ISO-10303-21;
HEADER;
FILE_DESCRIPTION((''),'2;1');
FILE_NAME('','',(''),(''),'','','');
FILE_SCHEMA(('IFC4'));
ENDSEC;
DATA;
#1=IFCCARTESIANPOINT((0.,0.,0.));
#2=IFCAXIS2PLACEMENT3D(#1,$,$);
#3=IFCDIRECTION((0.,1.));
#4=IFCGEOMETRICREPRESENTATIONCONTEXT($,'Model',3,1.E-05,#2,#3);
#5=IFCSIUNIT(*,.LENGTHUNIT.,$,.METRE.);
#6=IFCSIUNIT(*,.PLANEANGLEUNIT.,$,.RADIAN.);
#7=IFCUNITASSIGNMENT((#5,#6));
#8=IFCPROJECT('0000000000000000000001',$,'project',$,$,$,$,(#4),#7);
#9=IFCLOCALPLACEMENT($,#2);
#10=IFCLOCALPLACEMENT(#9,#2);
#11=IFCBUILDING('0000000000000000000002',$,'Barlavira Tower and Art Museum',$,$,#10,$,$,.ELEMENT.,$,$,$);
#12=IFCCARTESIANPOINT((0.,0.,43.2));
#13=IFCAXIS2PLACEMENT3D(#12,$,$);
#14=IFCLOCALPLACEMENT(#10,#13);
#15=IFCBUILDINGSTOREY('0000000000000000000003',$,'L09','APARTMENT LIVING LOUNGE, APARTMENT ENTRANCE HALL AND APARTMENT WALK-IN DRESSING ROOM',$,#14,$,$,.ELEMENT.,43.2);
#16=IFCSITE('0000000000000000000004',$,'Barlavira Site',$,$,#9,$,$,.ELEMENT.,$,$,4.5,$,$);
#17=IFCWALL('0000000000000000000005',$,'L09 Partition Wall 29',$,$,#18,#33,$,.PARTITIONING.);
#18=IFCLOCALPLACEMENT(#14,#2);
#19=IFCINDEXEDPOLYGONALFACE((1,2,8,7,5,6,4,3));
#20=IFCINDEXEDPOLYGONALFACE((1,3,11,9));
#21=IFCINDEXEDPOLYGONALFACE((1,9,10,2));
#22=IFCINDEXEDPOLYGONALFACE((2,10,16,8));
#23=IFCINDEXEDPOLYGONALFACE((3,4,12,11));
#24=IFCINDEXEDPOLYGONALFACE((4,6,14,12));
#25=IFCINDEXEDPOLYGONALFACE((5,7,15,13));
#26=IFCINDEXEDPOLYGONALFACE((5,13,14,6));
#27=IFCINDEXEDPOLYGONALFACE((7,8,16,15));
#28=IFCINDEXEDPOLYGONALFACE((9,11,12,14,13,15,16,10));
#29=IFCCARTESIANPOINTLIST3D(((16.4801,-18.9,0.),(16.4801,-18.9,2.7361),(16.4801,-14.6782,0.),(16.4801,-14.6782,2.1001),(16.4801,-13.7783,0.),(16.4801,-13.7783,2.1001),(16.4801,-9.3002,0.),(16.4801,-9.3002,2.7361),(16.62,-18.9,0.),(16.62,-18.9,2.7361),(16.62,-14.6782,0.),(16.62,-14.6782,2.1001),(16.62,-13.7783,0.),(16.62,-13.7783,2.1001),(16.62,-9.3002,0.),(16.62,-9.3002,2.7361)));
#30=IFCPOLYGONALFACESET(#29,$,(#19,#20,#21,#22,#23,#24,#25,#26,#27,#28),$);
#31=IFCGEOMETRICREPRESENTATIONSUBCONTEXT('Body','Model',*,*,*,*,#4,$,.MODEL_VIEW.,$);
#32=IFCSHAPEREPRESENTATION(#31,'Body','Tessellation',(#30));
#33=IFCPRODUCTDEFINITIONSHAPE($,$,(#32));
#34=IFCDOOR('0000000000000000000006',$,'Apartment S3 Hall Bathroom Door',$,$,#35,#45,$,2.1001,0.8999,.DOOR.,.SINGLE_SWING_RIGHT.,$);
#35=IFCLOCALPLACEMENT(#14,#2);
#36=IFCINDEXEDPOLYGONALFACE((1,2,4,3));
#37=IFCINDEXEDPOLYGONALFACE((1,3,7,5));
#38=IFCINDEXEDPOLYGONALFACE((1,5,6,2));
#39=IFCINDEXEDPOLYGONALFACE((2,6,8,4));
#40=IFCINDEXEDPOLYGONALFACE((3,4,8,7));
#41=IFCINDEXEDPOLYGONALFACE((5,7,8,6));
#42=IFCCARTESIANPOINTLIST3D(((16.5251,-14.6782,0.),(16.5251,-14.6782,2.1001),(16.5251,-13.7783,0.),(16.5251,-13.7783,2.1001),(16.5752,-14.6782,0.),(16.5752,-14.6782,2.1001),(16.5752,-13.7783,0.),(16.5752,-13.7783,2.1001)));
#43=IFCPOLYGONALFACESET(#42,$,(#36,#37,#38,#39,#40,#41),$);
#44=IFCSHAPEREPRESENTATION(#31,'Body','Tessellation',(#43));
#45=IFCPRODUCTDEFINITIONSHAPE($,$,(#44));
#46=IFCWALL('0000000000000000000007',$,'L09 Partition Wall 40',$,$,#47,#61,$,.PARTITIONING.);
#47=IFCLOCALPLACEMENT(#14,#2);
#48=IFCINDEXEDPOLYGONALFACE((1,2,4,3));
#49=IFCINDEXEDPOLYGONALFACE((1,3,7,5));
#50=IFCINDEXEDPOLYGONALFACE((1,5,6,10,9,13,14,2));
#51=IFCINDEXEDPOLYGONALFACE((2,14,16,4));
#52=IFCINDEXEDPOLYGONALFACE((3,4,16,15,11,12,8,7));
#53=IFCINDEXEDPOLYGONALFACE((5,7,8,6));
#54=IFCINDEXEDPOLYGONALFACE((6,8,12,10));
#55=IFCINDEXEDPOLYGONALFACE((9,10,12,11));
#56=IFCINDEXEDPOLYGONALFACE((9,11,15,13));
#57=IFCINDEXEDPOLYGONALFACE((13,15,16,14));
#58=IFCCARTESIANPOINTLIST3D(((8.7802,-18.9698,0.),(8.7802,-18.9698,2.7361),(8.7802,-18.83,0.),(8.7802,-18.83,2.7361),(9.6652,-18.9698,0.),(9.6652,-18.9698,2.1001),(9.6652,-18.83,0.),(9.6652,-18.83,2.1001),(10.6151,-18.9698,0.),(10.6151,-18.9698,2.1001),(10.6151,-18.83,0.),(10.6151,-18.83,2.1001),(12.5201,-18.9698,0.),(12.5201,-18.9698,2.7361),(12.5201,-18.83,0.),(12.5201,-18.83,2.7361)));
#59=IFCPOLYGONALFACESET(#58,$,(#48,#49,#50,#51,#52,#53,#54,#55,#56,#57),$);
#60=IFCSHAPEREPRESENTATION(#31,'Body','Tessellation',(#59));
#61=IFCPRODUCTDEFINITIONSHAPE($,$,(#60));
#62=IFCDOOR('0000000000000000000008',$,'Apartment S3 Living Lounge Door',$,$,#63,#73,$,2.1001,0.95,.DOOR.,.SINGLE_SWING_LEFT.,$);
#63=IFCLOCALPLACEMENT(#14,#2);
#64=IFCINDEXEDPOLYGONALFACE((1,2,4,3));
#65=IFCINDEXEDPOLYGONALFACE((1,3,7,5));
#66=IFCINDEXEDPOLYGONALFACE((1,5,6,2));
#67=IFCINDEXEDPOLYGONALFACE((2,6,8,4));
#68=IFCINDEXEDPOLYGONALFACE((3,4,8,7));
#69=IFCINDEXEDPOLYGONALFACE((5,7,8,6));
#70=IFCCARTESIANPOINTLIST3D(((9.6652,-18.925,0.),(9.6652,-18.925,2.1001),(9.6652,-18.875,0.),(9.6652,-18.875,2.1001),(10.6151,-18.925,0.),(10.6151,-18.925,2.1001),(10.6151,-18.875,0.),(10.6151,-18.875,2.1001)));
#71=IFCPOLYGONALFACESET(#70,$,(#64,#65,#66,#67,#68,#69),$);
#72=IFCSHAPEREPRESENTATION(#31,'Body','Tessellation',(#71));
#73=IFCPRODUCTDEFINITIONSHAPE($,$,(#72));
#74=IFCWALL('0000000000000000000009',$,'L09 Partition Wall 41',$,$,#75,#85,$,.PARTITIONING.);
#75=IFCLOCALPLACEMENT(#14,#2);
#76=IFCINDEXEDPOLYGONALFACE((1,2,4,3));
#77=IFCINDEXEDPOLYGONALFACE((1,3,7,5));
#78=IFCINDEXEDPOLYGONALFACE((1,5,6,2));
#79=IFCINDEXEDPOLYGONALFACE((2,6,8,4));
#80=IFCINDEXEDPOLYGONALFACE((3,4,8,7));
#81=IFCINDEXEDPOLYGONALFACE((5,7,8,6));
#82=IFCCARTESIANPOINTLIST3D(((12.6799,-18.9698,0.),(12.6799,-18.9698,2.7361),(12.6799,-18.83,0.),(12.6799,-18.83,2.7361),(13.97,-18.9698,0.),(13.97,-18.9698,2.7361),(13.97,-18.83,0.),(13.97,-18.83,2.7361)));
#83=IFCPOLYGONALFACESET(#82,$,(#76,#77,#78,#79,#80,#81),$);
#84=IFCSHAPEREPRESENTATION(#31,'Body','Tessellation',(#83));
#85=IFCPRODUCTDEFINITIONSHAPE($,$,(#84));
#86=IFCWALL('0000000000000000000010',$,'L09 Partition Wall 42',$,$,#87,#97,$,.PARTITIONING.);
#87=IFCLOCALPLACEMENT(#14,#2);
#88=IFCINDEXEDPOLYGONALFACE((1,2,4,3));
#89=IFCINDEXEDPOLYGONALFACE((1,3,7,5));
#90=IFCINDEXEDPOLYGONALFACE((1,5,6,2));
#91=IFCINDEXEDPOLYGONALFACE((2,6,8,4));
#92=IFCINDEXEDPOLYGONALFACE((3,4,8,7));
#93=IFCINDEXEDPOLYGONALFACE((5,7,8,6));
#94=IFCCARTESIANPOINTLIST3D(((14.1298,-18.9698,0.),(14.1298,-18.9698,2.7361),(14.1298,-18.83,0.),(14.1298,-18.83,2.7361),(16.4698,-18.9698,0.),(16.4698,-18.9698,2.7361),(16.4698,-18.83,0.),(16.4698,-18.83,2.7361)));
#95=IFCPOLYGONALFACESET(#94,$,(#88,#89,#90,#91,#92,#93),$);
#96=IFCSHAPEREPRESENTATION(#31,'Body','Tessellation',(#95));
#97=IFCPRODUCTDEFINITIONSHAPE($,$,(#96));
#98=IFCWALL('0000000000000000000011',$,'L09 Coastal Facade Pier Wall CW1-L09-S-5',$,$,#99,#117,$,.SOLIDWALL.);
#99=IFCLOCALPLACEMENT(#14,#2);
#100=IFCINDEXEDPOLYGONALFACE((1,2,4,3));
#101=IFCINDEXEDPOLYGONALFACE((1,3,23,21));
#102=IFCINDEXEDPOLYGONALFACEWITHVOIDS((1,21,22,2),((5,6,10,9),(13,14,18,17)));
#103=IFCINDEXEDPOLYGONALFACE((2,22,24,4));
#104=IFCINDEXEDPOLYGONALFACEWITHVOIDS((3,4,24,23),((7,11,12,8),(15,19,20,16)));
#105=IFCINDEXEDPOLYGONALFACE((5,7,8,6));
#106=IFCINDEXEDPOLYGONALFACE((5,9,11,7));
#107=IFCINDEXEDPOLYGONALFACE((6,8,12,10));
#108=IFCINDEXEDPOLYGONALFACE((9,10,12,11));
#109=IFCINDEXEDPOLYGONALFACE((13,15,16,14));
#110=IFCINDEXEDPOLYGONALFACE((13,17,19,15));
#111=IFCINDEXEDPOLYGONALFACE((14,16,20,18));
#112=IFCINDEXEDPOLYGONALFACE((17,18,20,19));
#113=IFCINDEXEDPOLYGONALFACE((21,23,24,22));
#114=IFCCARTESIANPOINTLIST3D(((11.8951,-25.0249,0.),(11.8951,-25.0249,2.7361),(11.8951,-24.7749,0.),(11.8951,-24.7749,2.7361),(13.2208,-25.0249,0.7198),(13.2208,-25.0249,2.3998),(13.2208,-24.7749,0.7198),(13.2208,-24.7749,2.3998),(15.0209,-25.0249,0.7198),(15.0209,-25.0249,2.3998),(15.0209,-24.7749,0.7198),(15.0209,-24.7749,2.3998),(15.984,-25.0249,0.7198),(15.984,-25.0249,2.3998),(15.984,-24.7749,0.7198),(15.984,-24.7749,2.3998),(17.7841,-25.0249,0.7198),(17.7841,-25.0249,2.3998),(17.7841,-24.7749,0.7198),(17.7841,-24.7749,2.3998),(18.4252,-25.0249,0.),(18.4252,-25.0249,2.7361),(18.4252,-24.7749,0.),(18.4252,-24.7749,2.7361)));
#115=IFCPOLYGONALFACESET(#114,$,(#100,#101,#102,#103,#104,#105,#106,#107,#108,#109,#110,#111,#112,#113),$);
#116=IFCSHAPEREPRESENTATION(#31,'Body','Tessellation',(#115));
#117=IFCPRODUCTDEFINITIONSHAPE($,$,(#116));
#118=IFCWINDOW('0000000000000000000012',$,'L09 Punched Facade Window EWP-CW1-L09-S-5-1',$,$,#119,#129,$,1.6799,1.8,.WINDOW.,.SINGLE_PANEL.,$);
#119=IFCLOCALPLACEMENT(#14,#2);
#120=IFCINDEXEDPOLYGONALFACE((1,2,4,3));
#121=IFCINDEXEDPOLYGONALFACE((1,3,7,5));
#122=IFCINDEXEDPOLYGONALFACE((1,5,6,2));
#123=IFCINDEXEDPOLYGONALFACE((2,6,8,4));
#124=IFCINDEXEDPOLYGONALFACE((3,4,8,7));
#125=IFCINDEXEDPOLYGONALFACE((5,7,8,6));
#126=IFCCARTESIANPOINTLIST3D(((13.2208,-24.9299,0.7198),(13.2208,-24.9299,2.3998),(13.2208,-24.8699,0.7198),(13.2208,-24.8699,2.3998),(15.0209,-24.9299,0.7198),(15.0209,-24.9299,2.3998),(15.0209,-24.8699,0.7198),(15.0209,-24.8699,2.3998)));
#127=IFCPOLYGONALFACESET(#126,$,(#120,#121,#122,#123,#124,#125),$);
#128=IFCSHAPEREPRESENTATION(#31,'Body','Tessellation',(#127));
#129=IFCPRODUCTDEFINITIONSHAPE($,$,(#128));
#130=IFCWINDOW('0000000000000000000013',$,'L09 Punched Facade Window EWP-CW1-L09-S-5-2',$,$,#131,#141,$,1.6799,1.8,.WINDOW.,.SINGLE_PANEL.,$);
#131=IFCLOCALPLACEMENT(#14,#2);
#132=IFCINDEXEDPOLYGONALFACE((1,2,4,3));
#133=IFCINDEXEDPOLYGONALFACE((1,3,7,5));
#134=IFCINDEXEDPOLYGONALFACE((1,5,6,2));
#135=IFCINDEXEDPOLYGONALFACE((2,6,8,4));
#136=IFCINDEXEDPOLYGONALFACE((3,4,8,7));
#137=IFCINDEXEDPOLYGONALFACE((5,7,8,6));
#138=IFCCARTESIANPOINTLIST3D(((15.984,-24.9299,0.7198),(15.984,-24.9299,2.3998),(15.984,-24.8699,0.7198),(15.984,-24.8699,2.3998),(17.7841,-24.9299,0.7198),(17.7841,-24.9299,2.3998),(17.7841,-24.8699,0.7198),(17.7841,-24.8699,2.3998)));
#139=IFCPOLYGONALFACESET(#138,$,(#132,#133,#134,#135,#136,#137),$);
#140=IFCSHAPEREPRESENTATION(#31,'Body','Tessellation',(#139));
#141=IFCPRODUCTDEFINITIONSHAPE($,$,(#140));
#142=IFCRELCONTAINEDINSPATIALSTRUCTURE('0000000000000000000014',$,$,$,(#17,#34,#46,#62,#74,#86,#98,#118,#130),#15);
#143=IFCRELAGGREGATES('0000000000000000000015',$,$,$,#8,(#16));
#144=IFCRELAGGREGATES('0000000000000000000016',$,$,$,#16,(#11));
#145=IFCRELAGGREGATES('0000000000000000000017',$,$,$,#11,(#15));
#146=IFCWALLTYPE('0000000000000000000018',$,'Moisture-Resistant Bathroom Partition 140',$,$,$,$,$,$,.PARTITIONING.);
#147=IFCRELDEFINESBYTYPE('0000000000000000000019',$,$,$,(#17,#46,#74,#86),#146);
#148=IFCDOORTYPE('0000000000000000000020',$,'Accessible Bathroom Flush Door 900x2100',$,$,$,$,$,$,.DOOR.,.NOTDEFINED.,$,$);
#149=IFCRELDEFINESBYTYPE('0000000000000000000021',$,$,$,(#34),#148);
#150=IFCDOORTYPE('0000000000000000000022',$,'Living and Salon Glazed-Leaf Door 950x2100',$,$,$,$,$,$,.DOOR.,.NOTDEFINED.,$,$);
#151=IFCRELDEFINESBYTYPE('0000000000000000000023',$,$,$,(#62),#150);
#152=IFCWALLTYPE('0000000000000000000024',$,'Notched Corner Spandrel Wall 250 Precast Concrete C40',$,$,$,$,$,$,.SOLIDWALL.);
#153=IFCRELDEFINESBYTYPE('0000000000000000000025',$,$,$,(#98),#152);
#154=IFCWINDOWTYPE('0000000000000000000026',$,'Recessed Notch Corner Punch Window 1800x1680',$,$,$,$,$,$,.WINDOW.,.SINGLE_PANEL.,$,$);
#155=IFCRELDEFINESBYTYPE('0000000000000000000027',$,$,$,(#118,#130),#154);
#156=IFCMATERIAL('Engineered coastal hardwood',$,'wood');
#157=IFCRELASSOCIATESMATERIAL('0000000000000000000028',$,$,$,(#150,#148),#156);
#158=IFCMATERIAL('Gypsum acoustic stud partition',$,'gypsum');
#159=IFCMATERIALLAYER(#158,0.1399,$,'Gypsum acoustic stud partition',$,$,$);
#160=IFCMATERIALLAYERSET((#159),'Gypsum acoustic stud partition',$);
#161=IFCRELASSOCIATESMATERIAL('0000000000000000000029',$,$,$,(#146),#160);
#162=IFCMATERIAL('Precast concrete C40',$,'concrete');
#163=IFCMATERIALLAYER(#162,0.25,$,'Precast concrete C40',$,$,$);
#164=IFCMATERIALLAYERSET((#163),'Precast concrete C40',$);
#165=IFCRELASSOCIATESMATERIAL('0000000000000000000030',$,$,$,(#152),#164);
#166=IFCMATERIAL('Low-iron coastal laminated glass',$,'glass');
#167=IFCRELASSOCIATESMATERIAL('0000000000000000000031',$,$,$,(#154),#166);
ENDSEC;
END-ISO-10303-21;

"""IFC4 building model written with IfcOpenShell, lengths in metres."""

from ifc_helpers import new_model, si_unit, direction, frame, frame_2d, origin, place, context, subcontext, project, spatial, rectangle, extrude, material, layer, layer_set, type_object, element, fill, save


model = new_model("IFC4")

# Units and contexts
model_context = context("Model", 3, precision=1e-05, world=origin(), true_north=direction((0.0, 1.0)))
body_context = subcontext(model_context, "Body", "Model", "MODEL_VIEW")
ifc_project = project(units=[si_unit("LENGTHUNIT", "METRE"), si_unit("PLANEANGLEUNIT", "RADIAN")], contexts=[model_context])

# Site, building, storey
site_placement = place(None, origin())
site = spatial("IfcSite", under=ifc_project, at=site_placement, Name="Barlavira Site", CompositionType="ELEMENT", RefElevation=4.5)
building_placement = place(site_placement, origin())
building = spatial("IfcBuilding", under=site, at=building_placement, Name="Barlavira Tower and Art Museum", CompositionType="ELEMENT")
storey_placement = place(building_placement, frame((0.0, 0.0, 43.2)))
storey = spatial("IfcBuildingStorey", under=building, at=storey_placement, Name="L09", Description="APARTMENT LIVING LOUNGE, APARTMENT ENTRANCE HALL AND APARTMENT WALK-IN DRESSING ROOM", CompositionType="ELEMENT", Elevation=43.2)

# Walls, openings, doors
ifc_material_1 = material(Name="Gypsum acoustic stud partition", Category="gypsum")
ifc_material_2 = material(Name="Engineered coastal hardwood", Category="wood")
door_type_1 = type_object("IfcDoorType", Name="Living and Salon Glazed-Leaf Door 950x2100", OperationType="NOTDEFINED", PredefinedType="DOOR", material=ifc_material_2)
ifc_layer_1 = layer(ifc_material_1, 0.1399, Name="Gypsum acoustic stud partition")
ifc_layer_set_1 = layer_set([ifc_layer_1], Name="Gypsum acoustic stud partition")
wall_type_1 = type_object("IfcWallType", Name="Moisture-Resistant Bathroom Partition 140", PredefinedType="PARTITIONING", material=ifc_layer_set_1)
wall_1_placement = place(storey_placement, frame((16.55, -18.8999, 0.0), z_axis=(0.0, 0.0, 1.0), x_axis=(0.0, 1.0, 0.0)))
wall_1 = element("IfcWall", 1, at=wall_1_placement, inside=storey, type_object=wall_type_1, Name="L09 Partition Wall 29", PredefinedType="PARTITIONING", context=body_context, shape_type="SweptSolid", body=[
    extrude(rectangle(XDim=9.5999, YDim=0.1399, at=frame_2d((4.7998, 0.0))), origin(), (0.0, 0.0, 1.0), 2.7361),
])
opening_1_placement = place(wall_1_placement, frame((4.2217, 0.0, 0.0)))
opening_1 = element("IfcOpeningElement", 2, at=opening_1_placement, cuts=wall_1, PredefinedType="OPENING", context=body_context, shape_type="SweptSolid", body=[
    extrude(rectangle(XDim=0.8999, YDim=2.1001, at=frame_2d((0.45, 1.05))), frame((0.0, 0.0801, 0.0), z_axis=(0.0, -1.0, 0.0), x_axis=(1.0, 0.0, 0.0)), (0.0, 0.0, 1.0), 0.1599),
])
door_type_2 = type_object("IfcDoorType", Name="Accessible Bathroom Flush Door 900x2100", OperationType="NOTDEFINED", PredefinedType="DOOR", material=ifc_material_2)
door_1_placement = place(opening_1_placement, origin())
door_1 = element("IfcDoor", 3, at=door_1_placement, inside=storey, type_object=door_type_2, Name="Apartment S3 Hall Bathroom Door", OperationType="SINGLE_SWING_RIGHT", OverallHeight=2.1001, OverallWidth=0.8999, PredefinedType="DOOR", context=body_context, shape_type="SweptSolid", body=[
    extrude(rectangle(XDim=0.8999, YDim=2.1001, at=frame_2d((0.45, 1.05))), frame((0.0, 0.0249, 0.0), z_axis=(0.0, -1.0, 0.0), x_axis=(1.0, 0.0, 0.0)), (0.0, 0.0, 1.0), 0.05),
])
fill(opening_1, door_1)
wall_2_placement = place(storey_placement, frame((8.78, -18.8999, 0.0), z_axis=(0.0, 0.0, 1.0), x_axis=(1.0, 0.0, 0.0)))
wall_2 = element("IfcWall", 4, at=wall_2_placement, inside=storey, type_object=wall_type_1, Name="L09 Partition Wall 40", PredefinedType="PARTITIONING", context=body_context, shape_type="SweptSolid", body=[
    extrude(rectangle(XDim=3.74, YDim=0.1399, at=frame_2d((1.8701, 0.0))), origin(), (0.0, 0.0, 1.0), 2.7361),
])
opening_2_placement = place(wall_2_placement, frame((0.885, 0.0, 0.0)))
opening_2 = element("IfcOpeningElement", 5, at=opening_2_placement, cuts=wall_2, PredefinedType="OPENING", context=body_context, shape_type="SweptSolid", body=[
    extrude(rectangle(XDim=0.95, YDim=2.1001, at=frame_2d((0.4751, 1.05))), frame((0.0, 0.0801, 0.0), z_axis=(0.0, -1.0, 0.0), x_axis=(1.0, 0.0, 0.0)), (0.0, 0.0, 1.0), 0.1599),
])
door_2_placement = place(opening_2_placement, origin())
door_2 = element("IfcDoor", 6, at=door_2_placement, inside=storey, type_object=door_type_1, Name="Apartment S3 Living Lounge Door", OperationType="SINGLE_SWING_LEFT", OverallHeight=2.1001, OverallWidth=0.95, PredefinedType="DOOR", context=body_context, shape_type="SweptSolid", body=[
    extrude(rectangle(XDim=0.95, YDim=2.1001, at=frame_2d((0.4751, 1.05))), frame((0.0, 0.0249, 0.0), z_axis=(0.0, -1.0, 0.0), x_axis=(1.0, 0.0, 0.0)), (0.0, 0.0, 1.0), 0.05),
])
fill(opening_2, door_2)

# Walls
wall_3_placement = place(storey_placement, frame((12.6799, -18.8999, 0.0), z_axis=(0.0, 0.0, 1.0), x_axis=(1.0, 0.0, 0.0)))
element("IfcWall", 7, at=wall_3_placement, inside=storey, type_object=wall_type_1, Name="L09 Partition Wall 41", PredefinedType="PARTITIONING", context=body_context, shape_type="SweptSolid", body=[
    extrude(rectangle(XDim=1.29, YDim=0.1399, at=frame_2d((0.645, 0.0))), origin(), (0.0, 0.0, 1.0), 2.7361),
])
wall_4_placement = place(storey_placement, frame((14.1299, -18.8999, 0.0), z_axis=(0.0, 0.0, 1.0), x_axis=(1.0, 0.0, 0.0)))
element("IfcWall", 8, at=wall_4_placement, inside=storey, type_object=wall_type_1, Name="L09 Partition Wall 42", PredefinedType="PARTITIONING", context=body_context, shape_type="SweptSolid", body=[
    extrude(rectangle(XDim=2.3401, YDim=0.1399, at=frame_2d((1.1699, 0.0))), origin(), (0.0, 0.0, 1.0), 2.7361),
])

# Wall, openings, windows
ifc_material_3 = material(Name="Precast concrete C40", Category="concrete")
ifc_layer_2 = layer(ifc_material_3, 0.25, Name="Precast concrete C40")
ifc_layer_set_2 = layer_set([ifc_layer_2], Name="Precast concrete C40")
wall_type_2 = type_object("IfcWallType", Name="Notched Corner Spandrel Wall 250 Precast Concrete C40", PredefinedType="SOLIDWALL", material=ifc_layer_set_2)
wall_5_placement = place(storey_placement, frame((11.895, -24.8999, 0.0), z_axis=(0.0, 0.0, 1.0), x_axis=(1.0, 0.0, 0.0)))
wall_5 = element("IfcWall", 9, at=wall_5_placement, inside=storey, type_object=wall_type_2, Name="L09 Coastal Facade Pier Wall CW1-L09-S-5", PredefinedType="SOLIDWALL", context=body_context, shape_type="SweptSolid", body=[
    extrude(rectangle(XDim=6.53, YDim=0.25, at=frame_2d((3.2651, 0.0))), origin(), (0.0, 0.0, 1.0), 2.7361),
])
opening_3_placement = place(wall_5_placement, frame((1.3259, 0.0, 0.72)))
opening_3 = element("IfcOpeningElement", 10, at=opening_3_placement, cuts=wall_5, PredefinedType="OPENING", context=body_context, shape_type="SweptSolid", body=[
    extrude(rectangle(XDim=1.8, YDim=1.6799, at=frame_2d((0.8999, 0.8398))), frame((0.0, 0.135, 0.0), z_axis=(0.0, -1.0, 0.0), x_axis=(1.0, 0.0, 0.0)), (0.0, 0.0, 1.0), 0.27),
])
opening_4_placement = place(wall_5_placement, frame((4.0891, 0.0, 0.72)))
opening_4 = element("IfcOpeningElement", 11, at=opening_4_placement, cuts=wall_5, PredefinedType="OPENING", context=body_context, shape_type="SweptSolid", body=[
    extrude(rectangle(XDim=1.8, YDim=1.6799, at=frame_2d((0.8999, 0.8398))), frame((0.0, 0.135, 0.0), z_axis=(0.0, -1.0, 0.0), x_axis=(1.0, 0.0, 0.0)), (0.0, 0.0, 1.0), 0.27),
])
ifc_material_4 = material(Name="Low-iron coastal laminated glass", Category="glass")
window_type = type_object("IfcWindowType", Name="Recessed Notch Corner Punch Window 1800x1680", PartitioningType="SINGLE_PANEL", PredefinedType="WINDOW", material=ifc_material_4)
window_1_placement = place(opening_3_placement, origin())
window_1 = element("IfcWindow", 12, at=window_1_placement, inside=storey, type_object=window_type, Name="L09 Punched Facade Window EWP-CW1-L09-S-5-1", OverallHeight=1.6799, OverallWidth=1.8, PartitioningType="SINGLE_PANEL", PredefinedType="WINDOW", context=body_context, shape_type="SweptSolid", body=[
    extrude(rectangle(XDim=1.8, YDim=1.6799, at=frame_2d((0.8999, 0.8398))), frame((0.0, 0.03, 0.0), z_axis=(0.0, -1.0, 0.0), x_axis=(1.0, 0.0, 0.0)), (0.0, 0.0, 1.0), 0.0601),
])
fill(opening_3, window_1)
window_2_placement = place(opening_4_placement, origin())
window_2 = element("IfcWindow", 13, at=window_2_placement, inside=storey, type_object=window_type, Name="L09 Punched Facade Window EWP-CW1-L09-S-5-2", OverallHeight=1.6799, OverallWidth=1.8, PartitioningType="SINGLE_PANEL", PredefinedType="WINDOW", context=body_context, shape_type="SweptSolid", body=[
    extrude(rectangle(XDim=1.8, YDim=1.6799, at=frame_2d((0.8999, 0.8398))), frame((0.0, 0.03, 0.0), z_axis=(0.0, -1.0, 0.0), x_axis=(1.0, 0.0, 0.0)), (0.0, 0.0, 1.0), 0.0601),
])
fill(opening_4, window_2)

save(model, "model.ifc")
